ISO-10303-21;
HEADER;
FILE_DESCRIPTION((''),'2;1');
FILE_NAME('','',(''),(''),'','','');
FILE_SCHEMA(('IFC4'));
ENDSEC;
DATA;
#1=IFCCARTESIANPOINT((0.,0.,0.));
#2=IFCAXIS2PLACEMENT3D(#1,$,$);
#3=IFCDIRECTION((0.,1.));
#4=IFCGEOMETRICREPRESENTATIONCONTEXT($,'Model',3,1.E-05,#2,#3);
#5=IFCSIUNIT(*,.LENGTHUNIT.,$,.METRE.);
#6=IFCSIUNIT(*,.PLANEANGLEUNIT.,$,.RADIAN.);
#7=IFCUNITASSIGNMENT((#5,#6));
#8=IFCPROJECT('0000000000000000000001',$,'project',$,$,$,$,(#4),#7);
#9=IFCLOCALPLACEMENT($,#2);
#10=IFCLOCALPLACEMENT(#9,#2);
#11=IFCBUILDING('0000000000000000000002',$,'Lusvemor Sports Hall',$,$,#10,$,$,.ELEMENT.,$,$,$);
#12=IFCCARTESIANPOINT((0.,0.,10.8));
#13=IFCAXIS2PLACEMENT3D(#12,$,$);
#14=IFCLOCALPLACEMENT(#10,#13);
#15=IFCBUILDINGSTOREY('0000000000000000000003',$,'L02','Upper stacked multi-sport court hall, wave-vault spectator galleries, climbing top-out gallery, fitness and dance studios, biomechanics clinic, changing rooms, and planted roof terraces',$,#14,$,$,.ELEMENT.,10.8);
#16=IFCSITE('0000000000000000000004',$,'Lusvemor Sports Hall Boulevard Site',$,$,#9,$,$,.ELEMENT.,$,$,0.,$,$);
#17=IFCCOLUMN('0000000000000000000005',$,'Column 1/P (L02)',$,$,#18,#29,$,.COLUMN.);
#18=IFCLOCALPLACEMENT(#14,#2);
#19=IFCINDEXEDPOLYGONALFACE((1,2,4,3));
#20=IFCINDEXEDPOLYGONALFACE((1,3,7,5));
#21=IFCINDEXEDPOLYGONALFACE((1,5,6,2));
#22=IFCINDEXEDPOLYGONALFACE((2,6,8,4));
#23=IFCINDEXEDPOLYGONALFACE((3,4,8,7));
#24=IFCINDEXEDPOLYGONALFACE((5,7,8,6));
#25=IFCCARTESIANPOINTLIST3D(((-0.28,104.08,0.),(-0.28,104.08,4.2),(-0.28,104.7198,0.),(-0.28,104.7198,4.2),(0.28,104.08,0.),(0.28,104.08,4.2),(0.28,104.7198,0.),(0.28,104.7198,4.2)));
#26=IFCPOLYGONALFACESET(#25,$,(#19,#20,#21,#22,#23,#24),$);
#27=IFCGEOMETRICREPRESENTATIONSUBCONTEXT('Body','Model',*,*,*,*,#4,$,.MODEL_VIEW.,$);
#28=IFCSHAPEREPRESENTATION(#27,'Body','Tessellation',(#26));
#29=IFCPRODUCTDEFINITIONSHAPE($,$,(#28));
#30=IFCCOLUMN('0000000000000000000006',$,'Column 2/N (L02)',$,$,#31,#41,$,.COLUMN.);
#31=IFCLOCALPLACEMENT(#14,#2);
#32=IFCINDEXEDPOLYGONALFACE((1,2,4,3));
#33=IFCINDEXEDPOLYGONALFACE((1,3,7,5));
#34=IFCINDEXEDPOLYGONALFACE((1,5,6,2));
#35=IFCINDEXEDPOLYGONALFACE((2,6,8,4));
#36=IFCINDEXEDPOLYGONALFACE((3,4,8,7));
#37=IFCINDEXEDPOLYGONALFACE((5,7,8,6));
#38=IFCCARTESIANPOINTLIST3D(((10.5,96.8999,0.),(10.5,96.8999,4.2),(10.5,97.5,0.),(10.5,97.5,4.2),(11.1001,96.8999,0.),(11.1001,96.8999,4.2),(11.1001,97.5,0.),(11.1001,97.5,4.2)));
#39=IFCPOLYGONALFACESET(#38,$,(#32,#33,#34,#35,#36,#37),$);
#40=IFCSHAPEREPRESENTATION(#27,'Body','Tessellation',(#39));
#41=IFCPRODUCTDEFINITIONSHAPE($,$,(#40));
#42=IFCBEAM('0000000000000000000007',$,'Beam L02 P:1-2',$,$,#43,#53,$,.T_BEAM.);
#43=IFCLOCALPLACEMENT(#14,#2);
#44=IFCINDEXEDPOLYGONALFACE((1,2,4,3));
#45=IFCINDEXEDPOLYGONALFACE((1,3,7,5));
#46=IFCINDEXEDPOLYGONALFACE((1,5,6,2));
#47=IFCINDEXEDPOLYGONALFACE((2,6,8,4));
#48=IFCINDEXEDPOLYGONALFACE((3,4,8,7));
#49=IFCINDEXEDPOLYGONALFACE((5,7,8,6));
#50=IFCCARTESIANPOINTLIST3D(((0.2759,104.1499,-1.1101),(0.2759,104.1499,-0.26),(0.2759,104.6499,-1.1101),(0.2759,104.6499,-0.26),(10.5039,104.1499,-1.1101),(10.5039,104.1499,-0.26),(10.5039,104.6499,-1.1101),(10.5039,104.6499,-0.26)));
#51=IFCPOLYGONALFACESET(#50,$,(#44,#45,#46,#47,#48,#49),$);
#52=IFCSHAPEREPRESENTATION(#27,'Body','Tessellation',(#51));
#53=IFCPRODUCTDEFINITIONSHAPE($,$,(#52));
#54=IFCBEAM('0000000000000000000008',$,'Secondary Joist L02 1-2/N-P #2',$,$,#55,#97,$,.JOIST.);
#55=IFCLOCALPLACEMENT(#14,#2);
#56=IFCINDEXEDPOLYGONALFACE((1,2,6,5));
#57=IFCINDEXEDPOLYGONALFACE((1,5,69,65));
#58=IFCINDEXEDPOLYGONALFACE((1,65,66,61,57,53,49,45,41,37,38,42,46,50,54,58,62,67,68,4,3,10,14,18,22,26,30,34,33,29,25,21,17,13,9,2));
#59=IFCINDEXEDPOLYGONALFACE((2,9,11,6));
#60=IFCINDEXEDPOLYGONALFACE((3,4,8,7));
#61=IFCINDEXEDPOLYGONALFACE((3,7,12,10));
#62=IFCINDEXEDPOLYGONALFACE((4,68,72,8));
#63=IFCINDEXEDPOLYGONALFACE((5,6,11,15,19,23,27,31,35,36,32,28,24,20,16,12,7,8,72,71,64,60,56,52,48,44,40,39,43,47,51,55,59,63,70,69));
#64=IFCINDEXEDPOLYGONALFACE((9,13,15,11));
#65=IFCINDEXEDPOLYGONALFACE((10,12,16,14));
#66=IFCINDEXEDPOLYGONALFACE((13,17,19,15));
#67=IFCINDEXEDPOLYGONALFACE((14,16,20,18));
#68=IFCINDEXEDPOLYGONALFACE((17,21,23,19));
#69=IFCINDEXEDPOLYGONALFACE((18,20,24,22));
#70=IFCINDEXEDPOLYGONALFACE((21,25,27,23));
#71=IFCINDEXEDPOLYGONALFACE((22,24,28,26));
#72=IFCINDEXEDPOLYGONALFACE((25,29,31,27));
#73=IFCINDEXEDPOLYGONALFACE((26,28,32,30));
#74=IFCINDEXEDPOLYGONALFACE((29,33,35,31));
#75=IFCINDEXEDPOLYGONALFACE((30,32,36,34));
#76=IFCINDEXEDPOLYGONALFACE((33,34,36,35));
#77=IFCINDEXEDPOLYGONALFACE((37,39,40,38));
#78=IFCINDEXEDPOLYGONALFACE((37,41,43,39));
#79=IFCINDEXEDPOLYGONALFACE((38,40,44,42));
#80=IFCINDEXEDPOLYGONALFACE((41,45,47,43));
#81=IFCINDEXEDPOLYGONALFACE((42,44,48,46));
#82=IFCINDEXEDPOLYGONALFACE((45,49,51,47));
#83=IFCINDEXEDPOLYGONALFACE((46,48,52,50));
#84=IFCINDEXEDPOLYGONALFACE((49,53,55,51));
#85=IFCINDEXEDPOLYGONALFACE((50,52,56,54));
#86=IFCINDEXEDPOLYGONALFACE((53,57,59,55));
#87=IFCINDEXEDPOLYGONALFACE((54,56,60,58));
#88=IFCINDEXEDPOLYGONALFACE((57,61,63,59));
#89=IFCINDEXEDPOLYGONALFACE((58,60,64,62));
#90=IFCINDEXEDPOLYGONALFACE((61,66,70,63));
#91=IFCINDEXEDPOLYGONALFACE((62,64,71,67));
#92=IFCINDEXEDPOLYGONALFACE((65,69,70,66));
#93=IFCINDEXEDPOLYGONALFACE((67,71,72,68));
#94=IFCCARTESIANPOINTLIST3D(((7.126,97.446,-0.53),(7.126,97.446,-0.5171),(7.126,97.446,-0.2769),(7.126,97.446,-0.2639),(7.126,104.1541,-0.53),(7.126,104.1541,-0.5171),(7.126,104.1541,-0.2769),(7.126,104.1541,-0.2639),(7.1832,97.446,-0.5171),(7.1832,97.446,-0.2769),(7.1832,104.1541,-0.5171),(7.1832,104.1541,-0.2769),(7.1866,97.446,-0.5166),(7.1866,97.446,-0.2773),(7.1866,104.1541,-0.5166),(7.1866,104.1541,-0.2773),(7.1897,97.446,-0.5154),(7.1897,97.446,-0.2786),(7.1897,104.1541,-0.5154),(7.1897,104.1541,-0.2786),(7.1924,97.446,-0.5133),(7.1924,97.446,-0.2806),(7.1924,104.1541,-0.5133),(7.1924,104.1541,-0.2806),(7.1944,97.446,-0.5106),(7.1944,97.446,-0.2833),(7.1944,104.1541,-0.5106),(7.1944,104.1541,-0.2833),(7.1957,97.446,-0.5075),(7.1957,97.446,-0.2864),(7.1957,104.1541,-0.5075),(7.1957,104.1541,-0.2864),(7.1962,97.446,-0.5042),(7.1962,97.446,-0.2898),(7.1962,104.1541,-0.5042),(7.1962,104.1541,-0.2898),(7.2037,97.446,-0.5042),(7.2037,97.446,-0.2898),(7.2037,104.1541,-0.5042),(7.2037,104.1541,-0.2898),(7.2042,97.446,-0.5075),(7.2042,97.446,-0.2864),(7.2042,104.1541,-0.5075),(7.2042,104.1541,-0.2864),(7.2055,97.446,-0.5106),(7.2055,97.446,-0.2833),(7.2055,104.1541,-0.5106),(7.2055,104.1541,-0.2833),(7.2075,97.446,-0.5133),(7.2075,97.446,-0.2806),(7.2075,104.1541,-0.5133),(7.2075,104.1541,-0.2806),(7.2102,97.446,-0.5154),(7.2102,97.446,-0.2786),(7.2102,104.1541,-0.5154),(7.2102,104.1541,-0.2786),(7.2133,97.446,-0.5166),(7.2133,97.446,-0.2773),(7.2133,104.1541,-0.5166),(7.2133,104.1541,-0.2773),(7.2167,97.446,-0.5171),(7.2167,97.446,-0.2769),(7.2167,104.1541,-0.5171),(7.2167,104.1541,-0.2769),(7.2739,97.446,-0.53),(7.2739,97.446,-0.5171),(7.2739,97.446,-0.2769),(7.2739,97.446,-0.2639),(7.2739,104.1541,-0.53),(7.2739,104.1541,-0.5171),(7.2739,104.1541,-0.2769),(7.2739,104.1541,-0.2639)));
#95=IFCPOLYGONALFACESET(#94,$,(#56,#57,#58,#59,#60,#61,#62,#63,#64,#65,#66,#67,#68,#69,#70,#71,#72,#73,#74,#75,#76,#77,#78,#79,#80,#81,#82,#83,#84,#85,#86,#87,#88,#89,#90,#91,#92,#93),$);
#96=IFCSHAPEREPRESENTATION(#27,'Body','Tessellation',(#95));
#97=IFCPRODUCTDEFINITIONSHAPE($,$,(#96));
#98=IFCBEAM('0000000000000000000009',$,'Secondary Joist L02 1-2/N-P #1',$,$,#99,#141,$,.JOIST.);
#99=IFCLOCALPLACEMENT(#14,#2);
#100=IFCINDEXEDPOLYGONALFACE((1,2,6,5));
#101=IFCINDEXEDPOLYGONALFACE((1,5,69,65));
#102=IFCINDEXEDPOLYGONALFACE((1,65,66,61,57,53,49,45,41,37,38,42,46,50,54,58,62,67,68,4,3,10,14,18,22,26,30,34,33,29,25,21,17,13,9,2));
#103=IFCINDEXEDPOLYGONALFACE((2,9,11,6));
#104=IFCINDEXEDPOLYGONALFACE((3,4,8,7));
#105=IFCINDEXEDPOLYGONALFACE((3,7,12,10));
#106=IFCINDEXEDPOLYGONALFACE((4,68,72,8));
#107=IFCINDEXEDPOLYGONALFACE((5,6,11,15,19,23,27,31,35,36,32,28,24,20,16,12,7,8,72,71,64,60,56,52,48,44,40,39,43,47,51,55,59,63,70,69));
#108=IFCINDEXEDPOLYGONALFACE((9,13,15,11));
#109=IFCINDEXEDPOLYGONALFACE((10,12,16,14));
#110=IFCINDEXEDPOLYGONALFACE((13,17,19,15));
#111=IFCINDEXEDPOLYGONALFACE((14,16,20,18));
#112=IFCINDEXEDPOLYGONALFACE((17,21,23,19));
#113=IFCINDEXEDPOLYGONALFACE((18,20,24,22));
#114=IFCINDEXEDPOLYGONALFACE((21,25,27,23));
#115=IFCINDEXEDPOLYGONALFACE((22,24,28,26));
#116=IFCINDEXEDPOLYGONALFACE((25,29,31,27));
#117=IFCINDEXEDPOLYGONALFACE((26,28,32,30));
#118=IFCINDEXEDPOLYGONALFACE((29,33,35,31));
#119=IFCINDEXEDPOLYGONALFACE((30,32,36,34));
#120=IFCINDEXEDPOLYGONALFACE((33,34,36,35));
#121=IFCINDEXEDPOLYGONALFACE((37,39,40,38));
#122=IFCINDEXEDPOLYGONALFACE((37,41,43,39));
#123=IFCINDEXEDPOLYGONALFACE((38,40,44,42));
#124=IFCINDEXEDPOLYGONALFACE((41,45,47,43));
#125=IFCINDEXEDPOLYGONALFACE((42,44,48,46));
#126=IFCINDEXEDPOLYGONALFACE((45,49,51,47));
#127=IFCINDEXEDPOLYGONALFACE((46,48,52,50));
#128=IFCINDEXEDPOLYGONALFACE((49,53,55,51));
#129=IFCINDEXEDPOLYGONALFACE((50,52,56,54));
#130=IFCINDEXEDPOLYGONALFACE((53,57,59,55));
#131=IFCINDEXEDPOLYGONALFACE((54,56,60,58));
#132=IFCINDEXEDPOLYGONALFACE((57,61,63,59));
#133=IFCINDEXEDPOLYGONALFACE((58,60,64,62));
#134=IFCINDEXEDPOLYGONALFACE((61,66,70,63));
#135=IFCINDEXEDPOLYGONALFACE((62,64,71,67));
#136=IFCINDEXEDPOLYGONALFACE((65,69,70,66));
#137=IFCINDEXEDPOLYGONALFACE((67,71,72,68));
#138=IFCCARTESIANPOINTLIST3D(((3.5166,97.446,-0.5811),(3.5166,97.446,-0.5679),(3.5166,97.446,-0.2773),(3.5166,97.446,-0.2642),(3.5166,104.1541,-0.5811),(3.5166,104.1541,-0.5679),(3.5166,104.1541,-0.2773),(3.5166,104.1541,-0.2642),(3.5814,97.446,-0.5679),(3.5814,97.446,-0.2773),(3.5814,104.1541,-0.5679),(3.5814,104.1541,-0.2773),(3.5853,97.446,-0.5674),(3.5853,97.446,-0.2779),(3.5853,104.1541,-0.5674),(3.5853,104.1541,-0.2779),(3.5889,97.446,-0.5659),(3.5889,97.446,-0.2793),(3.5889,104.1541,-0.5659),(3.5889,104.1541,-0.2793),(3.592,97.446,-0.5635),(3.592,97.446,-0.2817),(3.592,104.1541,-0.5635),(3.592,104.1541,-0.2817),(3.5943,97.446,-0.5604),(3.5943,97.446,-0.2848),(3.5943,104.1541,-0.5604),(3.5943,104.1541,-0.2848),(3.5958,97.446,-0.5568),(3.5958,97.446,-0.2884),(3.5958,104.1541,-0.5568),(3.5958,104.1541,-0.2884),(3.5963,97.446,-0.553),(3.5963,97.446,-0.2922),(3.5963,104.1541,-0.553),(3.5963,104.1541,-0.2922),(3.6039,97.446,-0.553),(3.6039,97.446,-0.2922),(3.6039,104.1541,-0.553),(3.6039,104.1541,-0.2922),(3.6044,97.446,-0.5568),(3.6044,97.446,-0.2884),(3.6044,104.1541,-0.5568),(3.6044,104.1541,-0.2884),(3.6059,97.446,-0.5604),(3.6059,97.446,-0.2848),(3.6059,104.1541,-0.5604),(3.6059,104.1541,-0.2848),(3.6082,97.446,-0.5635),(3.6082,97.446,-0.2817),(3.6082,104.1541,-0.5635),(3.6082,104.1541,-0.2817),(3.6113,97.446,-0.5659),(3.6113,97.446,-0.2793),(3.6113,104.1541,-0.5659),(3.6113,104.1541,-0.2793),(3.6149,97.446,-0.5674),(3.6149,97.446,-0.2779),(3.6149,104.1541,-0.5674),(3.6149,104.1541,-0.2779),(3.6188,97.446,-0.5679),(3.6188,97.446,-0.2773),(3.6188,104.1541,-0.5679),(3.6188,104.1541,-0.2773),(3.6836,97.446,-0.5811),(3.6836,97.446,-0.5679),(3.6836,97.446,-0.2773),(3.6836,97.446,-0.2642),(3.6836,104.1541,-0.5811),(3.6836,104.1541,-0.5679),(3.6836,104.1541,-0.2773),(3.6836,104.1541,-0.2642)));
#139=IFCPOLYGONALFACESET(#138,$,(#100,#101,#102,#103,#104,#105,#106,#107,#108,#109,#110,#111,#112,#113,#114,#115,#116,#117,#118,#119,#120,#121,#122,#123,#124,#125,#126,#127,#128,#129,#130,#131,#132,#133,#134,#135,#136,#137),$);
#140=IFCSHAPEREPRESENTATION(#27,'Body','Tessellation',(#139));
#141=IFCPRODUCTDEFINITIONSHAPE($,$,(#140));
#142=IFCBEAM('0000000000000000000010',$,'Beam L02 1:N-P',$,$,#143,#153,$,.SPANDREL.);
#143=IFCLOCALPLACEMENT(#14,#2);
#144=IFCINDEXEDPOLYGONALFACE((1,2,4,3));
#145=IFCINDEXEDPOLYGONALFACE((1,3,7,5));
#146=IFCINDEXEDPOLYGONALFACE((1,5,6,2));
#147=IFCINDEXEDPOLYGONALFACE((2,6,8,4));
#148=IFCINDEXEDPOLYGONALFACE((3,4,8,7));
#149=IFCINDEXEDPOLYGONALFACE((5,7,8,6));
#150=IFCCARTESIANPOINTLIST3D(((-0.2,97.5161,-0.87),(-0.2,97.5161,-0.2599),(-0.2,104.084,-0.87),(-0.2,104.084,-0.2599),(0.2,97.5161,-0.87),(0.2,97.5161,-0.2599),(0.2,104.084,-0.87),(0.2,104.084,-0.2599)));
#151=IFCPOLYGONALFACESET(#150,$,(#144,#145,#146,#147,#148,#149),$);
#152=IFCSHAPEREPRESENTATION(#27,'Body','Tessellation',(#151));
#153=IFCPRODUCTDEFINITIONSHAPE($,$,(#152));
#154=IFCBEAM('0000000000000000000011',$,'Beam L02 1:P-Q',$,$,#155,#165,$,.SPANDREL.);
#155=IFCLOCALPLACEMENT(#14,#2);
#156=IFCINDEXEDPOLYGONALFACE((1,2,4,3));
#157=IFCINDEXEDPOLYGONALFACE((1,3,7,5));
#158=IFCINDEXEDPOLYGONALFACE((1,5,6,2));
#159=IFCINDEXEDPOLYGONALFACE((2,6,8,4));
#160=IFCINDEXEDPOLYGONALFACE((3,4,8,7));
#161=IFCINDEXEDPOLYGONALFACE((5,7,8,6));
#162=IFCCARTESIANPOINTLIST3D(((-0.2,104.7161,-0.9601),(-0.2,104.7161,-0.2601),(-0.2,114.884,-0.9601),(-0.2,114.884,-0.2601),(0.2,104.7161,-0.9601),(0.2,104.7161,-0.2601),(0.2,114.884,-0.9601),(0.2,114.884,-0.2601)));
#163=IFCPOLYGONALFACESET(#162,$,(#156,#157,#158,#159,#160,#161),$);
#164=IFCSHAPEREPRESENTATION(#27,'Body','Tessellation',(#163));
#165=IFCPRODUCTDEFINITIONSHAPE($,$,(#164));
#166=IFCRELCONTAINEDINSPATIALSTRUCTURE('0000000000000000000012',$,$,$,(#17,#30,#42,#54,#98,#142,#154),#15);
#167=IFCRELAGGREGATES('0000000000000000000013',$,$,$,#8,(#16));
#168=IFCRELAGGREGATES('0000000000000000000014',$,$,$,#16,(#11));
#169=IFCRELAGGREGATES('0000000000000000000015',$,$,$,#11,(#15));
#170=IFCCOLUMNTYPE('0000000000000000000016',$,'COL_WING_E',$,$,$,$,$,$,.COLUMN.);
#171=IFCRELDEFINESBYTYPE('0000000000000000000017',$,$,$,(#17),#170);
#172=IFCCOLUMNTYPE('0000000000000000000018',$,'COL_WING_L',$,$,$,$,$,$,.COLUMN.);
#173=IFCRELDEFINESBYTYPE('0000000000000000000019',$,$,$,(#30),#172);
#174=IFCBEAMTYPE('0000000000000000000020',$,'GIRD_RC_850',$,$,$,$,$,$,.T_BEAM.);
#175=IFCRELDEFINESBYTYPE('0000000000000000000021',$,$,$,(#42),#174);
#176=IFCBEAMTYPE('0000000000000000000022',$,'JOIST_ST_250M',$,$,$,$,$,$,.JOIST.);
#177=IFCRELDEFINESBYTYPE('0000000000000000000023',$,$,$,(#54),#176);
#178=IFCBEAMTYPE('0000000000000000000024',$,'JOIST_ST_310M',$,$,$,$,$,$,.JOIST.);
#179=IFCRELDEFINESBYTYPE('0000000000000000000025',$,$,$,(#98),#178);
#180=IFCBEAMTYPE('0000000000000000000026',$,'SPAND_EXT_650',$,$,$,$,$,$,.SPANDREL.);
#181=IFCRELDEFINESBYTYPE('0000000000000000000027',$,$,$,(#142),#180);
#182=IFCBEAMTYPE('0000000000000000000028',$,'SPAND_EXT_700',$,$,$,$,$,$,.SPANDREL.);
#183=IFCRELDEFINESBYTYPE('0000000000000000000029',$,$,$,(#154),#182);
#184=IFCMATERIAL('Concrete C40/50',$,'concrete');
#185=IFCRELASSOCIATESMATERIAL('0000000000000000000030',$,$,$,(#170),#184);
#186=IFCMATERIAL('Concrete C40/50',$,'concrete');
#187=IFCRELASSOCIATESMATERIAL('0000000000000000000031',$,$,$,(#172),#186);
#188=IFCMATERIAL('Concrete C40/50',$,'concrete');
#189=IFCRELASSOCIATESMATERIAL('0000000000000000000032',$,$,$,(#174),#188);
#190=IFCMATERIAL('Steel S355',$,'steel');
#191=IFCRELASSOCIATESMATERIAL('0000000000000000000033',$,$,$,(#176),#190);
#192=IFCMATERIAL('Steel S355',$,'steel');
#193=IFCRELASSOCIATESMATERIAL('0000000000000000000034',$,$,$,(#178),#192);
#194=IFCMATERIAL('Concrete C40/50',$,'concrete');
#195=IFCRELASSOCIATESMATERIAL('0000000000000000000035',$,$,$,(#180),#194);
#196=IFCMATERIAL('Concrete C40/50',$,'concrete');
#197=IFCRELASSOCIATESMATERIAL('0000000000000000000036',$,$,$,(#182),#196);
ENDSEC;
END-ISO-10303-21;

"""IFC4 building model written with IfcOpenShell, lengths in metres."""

from ifc_helpers import new_model, si_unit, direction, frame, origin, origin_2d, place, context, subcontext, project, spatial, rectangle, i_section, extrude, material, material_profile, profile_set, type_object, element, save


model = new_model("IFC4")

# Units and contexts
model_context = context("Model", 3, precision=1e-05, world=origin(), true_north=direction((0.0, 1.0)))
body_context = subcontext(model_context, "Body", "Model", "MODEL_VIEW")
ifc_project = project(units=[si_unit("LENGTHUNIT", "METRE"), si_unit("PLANEANGLEUNIT", "RADIAN")], contexts=[model_context])

# Site, building, storey
site_placement = place(None, origin())
site = spatial("IfcSite", under=ifc_project, at=site_placement, Name="Lusvemor Sports Hall Boulevard Site", CompositionType="ELEMENT", RefElevation=0.0)
building_placement = place(site_placement, origin())
building = spatial("IfcBuilding", under=site, at=building_placement, Name="Lusvemor Sports Hall", CompositionType="ELEMENT")
storey_placement = place(building_placement, frame((0.0, 0.0, 10.8)))
storey = spatial("IfcBuildingStorey", under=building, at=storey_placement, Name="L02", Description="Upper stacked multi-sport court hall, wave-vault spectator galleries, climbing top-out gallery, fitness and dance studios, biomechanics clinic, changing rooms, and planted roof terraces", CompositionType="ELEMENT", Elevation=10.8)

# Columns
ifc_material_1 = material(Name="Concrete C40/50", Category="concrete")
ifc_material_profile_1 = material_profile(ifc_material_1, rectangle(XDim=0.5601, YDim=0.6399, at=origin_2d()), Name="RC560x640")
ifc_profile_set_1 = profile_set([ifc_material_profile_1], Name="Concrete C40/50")
column_type_1 = type_object("IfcColumnType", Name="COL_WING_E", PredefinedType="COLUMN", material=ifc_profile_set_1)
column_1_placement = place(storey_placement, frame((0.0, 104.3999, 0.0), z_axis=(0.0, 0.0, 1.0), x_axis=(1.0, 0.0, 0.0)))
element("IfcColumn", 1, at=column_1_placement, inside=storey, type_object=column_type_1, Name="Column 1/P (L02)", PredefinedType="COLUMN", context=body_context, shape_type="SweptSolid", body=[
    extrude(rectangle(XDim=0.5601, YDim=0.6399, at=origin_2d()), origin(), (0.0, 0.0, 1.0), 4.2),
])
ifc_material_2 = material(Name="Concrete C40/50", Category="concrete")
ifc_material_profile_2 = material_profile(ifc_material_2, rectangle(XDim=0.6001, YDim=0.6001, at=origin_2d()), Name="RC600x600")
ifc_profile_set_2 = profile_set([ifc_material_profile_2], Name="Concrete C40/50")
column_type_2 = type_object("IfcColumnType", Name="COL_WING_L", PredefinedType="COLUMN", material=ifc_profile_set_2)
column_2_placement = place(storey_placement, frame((10.8, 97.2, 0.0), z_axis=(0.0, 0.0, 1.0), x_axis=(1.0, 0.0, 0.0)))
element("IfcColumn", 2, at=column_2_placement, inside=storey, type_object=column_type_2, Name="Column 2/N (L02)", PredefinedType="COLUMN", context=body_context, shape_type="SweptSolid", body=[
    extrude(rectangle(XDim=0.6001, YDim=0.6001, at=origin_2d()), origin(), (0.0, 0.0, 1.0), 4.2),
])

# Beams
ifc_material_3 = material(Name="Concrete C40/50", Category="concrete")
ifc_material_profile_3 = material_profile(ifc_material_3, rectangle(XDim=0.5, YDim=0.8501, at=origin_2d()), Name="RC500x850")
ifc_profile_set_3 = profile_set([ifc_material_profile_3], Name="Concrete C40/50")
beam_type_1 = type_object("IfcBeamType", Name="GIRD_RC_850", PredefinedType="T_BEAM", material=ifc_profile_set_3)
beam_1_placement = place(storey_placement, frame((0.2759, 104.3999, -0.6851), z_axis=(1.0, 0.0, 0.0), x_axis=(0.0, 1.0, 0.0)))
element("IfcBeam", 3, at=beam_1_placement, inside=storey, type_object=beam_type_1, Name="Beam L02 P:1-2", PredefinedType="T_BEAM", context=body_context, shape_type="SweptSolid", body=[
    extrude(rectangle(XDim=0.5, YDim=0.8501, at=origin_2d()), origin(), (0.0, 0.0, 1.0), 10.228),
])
ifc_material_4 = material(Name="Steel S355", Category="steel")
ifc_material_profile_4 = material_profile(ifc_material_4, i_section(OverallWidth=0.1479, OverallDepth=0.2661, WebThickness=0.0076, FlangeThickness=0.0129, FilletRadius=0.0129, at=origin_2d()), Name="W250x44.8")
ifc_profile_set_4 = profile_set([ifc_material_profile_4], Name="Steel S355")
beam_type_2 = type_object("IfcBeamType", Name="JOIST_ST_250M", PredefinedType="JOIST", material=ifc_profile_set_4)
beam_2_placement = place(storey_placement, frame((7.2, 97.446, -0.397), z_axis=(0.0, 1.0, 0.0), x_axis=(-1.0, 0.0, 0.0)))
element("IfcBeam", 4, at=beam_2_placement, inside=storey, type_object=beam_type_2, Name="Secondary Joist L02 1-2/N-P #2", PredefinedType="JOIST", context=body_context, shape_type="SweptSolid", body=[
    extrude(i_section(OverallWidth=0.1479, OverallDepth=0.2661, WebThickness=0.0076, FlangeThickness=0.0129, FilletRadius=0.0129, at=origin_2d()), origin(), (0.0, 0.0, 1.0), 6.708),
])
ifc_material_5 = material(Name="Steel S355", Category="steel")
ifc_material_profile_5 = material_profile(ifc_material_5, i_section(OverallWidth=0.167, OverallDepth=0.3169, WebThickness=0.0076, FlangeThickness=0.0132, FilletRadius=0.0149, at=origin_2d()), Name="W310x52.0")
ifc_profile_set_5 = profile_set([ifc_material_profile_5], Name="Steel S355")
beam_type_3 = type_object("IfcBeamType", Name="JOIST_ST_310M", PredefinedType="JOIST", material=ifc_profile_set_5)
beam_3_placement = place(storey_placement, frame((3.6001, 97.446, -0.4226), z_axis=(0.0, 1.0, 0.0), x_axis=(-1.0, 0.0, 0.0)))
element("IfcBeam", 5, at=beam_3_placement, inside=storey, type_object=beam_type_3, Name="Secondary Joist L02 1-2/N-P #1", PredefinedType="JOIST", context=body_context, shape_type="SweptSolid", body=[
    extrude(i_section(OverallWidth=0.167, OverallDepth=0.3169, WebThickness=0.0076, FlangeThickness=0.0132, FilletRadius=0.0149, at=origin_2d()), origin(), (0.0, 0.0, 1.0), 6.708),
])
ifc_material_6 = material(Name="Concrete C40/50", Category="concrete")
ifc_material_profile_6 = material_profile(ifc_material_6, rectangle(XDim=0.3999, YDim=0.6101, at=origin_2d()), Name="RC400x610")
ifc_profile_set_6 = profile_set([ifc_material_profile_6], Name="Concrete C40/50")
beam_type_4 = type_object("IfcBeamType", Name="SPAND_EXT_650", PredefinedType="SPANDREL", material=ifc_profile_set_6)
beam_4_placement = place(storey_placement, frame((0.0, 97.5161, -0.5649), z_axis=(0.0, 1.0, 0.0), x_axis=(-1.0, 0.0, 0.0)))
element("IfcBeam", 6, at=beam_4_placement, inside=storey, type_object=beam_type_4, Name="Beam L02 1:N-P", PredefinedType="SPANDREL", context=body_context, shape_type="SweptSolid", body=[
    extrude(rectangle(XDim=0.3999, YDim=0.6101, at=origin_2d()), origin(), (0.0, 0.0, 1.0), 6.5679),
])
ifc_material_7 = material(Name="Concrete C40/50", Category="concrete")
ifc_material_profile_7 = material_profile(ifc_material_7, rectangle(XDim=0.3999, YDim=0.7, at=origin_2d()), Name="RC400x700")
ifc_profile_set_7 = profile_set([ifc_material_profile_7], Name="Concrete C40/50")
beam_type_5 = type_object("IfcBeamType", Name="SPAND_EXT_700", PredefinedType="SPANDREL", material=ifc_profile_set_7)
beam_5_placement = place(storey_placement, frame((0.0, 104.7161, -0.6101), z_axis=(0.0, 1.0, 0.0), x_axis=(-1.0, 0.0, 0.0)))
element("IfcBeam", 7, at=beam_5_placement, inside=storey, type_object=beam_type_5, Name="Beam L02 1:P-Q", PredefinedType="SPANDREL", context=body_context, shape_type="SweptSolid", body=[
    extrude(rectangle(XDim=0.3999, YDim=0.7, at=origin_2d()), origin(), (0.0, 0.0, 1.0), 10.168),
])

save(model, "model.ifc")
